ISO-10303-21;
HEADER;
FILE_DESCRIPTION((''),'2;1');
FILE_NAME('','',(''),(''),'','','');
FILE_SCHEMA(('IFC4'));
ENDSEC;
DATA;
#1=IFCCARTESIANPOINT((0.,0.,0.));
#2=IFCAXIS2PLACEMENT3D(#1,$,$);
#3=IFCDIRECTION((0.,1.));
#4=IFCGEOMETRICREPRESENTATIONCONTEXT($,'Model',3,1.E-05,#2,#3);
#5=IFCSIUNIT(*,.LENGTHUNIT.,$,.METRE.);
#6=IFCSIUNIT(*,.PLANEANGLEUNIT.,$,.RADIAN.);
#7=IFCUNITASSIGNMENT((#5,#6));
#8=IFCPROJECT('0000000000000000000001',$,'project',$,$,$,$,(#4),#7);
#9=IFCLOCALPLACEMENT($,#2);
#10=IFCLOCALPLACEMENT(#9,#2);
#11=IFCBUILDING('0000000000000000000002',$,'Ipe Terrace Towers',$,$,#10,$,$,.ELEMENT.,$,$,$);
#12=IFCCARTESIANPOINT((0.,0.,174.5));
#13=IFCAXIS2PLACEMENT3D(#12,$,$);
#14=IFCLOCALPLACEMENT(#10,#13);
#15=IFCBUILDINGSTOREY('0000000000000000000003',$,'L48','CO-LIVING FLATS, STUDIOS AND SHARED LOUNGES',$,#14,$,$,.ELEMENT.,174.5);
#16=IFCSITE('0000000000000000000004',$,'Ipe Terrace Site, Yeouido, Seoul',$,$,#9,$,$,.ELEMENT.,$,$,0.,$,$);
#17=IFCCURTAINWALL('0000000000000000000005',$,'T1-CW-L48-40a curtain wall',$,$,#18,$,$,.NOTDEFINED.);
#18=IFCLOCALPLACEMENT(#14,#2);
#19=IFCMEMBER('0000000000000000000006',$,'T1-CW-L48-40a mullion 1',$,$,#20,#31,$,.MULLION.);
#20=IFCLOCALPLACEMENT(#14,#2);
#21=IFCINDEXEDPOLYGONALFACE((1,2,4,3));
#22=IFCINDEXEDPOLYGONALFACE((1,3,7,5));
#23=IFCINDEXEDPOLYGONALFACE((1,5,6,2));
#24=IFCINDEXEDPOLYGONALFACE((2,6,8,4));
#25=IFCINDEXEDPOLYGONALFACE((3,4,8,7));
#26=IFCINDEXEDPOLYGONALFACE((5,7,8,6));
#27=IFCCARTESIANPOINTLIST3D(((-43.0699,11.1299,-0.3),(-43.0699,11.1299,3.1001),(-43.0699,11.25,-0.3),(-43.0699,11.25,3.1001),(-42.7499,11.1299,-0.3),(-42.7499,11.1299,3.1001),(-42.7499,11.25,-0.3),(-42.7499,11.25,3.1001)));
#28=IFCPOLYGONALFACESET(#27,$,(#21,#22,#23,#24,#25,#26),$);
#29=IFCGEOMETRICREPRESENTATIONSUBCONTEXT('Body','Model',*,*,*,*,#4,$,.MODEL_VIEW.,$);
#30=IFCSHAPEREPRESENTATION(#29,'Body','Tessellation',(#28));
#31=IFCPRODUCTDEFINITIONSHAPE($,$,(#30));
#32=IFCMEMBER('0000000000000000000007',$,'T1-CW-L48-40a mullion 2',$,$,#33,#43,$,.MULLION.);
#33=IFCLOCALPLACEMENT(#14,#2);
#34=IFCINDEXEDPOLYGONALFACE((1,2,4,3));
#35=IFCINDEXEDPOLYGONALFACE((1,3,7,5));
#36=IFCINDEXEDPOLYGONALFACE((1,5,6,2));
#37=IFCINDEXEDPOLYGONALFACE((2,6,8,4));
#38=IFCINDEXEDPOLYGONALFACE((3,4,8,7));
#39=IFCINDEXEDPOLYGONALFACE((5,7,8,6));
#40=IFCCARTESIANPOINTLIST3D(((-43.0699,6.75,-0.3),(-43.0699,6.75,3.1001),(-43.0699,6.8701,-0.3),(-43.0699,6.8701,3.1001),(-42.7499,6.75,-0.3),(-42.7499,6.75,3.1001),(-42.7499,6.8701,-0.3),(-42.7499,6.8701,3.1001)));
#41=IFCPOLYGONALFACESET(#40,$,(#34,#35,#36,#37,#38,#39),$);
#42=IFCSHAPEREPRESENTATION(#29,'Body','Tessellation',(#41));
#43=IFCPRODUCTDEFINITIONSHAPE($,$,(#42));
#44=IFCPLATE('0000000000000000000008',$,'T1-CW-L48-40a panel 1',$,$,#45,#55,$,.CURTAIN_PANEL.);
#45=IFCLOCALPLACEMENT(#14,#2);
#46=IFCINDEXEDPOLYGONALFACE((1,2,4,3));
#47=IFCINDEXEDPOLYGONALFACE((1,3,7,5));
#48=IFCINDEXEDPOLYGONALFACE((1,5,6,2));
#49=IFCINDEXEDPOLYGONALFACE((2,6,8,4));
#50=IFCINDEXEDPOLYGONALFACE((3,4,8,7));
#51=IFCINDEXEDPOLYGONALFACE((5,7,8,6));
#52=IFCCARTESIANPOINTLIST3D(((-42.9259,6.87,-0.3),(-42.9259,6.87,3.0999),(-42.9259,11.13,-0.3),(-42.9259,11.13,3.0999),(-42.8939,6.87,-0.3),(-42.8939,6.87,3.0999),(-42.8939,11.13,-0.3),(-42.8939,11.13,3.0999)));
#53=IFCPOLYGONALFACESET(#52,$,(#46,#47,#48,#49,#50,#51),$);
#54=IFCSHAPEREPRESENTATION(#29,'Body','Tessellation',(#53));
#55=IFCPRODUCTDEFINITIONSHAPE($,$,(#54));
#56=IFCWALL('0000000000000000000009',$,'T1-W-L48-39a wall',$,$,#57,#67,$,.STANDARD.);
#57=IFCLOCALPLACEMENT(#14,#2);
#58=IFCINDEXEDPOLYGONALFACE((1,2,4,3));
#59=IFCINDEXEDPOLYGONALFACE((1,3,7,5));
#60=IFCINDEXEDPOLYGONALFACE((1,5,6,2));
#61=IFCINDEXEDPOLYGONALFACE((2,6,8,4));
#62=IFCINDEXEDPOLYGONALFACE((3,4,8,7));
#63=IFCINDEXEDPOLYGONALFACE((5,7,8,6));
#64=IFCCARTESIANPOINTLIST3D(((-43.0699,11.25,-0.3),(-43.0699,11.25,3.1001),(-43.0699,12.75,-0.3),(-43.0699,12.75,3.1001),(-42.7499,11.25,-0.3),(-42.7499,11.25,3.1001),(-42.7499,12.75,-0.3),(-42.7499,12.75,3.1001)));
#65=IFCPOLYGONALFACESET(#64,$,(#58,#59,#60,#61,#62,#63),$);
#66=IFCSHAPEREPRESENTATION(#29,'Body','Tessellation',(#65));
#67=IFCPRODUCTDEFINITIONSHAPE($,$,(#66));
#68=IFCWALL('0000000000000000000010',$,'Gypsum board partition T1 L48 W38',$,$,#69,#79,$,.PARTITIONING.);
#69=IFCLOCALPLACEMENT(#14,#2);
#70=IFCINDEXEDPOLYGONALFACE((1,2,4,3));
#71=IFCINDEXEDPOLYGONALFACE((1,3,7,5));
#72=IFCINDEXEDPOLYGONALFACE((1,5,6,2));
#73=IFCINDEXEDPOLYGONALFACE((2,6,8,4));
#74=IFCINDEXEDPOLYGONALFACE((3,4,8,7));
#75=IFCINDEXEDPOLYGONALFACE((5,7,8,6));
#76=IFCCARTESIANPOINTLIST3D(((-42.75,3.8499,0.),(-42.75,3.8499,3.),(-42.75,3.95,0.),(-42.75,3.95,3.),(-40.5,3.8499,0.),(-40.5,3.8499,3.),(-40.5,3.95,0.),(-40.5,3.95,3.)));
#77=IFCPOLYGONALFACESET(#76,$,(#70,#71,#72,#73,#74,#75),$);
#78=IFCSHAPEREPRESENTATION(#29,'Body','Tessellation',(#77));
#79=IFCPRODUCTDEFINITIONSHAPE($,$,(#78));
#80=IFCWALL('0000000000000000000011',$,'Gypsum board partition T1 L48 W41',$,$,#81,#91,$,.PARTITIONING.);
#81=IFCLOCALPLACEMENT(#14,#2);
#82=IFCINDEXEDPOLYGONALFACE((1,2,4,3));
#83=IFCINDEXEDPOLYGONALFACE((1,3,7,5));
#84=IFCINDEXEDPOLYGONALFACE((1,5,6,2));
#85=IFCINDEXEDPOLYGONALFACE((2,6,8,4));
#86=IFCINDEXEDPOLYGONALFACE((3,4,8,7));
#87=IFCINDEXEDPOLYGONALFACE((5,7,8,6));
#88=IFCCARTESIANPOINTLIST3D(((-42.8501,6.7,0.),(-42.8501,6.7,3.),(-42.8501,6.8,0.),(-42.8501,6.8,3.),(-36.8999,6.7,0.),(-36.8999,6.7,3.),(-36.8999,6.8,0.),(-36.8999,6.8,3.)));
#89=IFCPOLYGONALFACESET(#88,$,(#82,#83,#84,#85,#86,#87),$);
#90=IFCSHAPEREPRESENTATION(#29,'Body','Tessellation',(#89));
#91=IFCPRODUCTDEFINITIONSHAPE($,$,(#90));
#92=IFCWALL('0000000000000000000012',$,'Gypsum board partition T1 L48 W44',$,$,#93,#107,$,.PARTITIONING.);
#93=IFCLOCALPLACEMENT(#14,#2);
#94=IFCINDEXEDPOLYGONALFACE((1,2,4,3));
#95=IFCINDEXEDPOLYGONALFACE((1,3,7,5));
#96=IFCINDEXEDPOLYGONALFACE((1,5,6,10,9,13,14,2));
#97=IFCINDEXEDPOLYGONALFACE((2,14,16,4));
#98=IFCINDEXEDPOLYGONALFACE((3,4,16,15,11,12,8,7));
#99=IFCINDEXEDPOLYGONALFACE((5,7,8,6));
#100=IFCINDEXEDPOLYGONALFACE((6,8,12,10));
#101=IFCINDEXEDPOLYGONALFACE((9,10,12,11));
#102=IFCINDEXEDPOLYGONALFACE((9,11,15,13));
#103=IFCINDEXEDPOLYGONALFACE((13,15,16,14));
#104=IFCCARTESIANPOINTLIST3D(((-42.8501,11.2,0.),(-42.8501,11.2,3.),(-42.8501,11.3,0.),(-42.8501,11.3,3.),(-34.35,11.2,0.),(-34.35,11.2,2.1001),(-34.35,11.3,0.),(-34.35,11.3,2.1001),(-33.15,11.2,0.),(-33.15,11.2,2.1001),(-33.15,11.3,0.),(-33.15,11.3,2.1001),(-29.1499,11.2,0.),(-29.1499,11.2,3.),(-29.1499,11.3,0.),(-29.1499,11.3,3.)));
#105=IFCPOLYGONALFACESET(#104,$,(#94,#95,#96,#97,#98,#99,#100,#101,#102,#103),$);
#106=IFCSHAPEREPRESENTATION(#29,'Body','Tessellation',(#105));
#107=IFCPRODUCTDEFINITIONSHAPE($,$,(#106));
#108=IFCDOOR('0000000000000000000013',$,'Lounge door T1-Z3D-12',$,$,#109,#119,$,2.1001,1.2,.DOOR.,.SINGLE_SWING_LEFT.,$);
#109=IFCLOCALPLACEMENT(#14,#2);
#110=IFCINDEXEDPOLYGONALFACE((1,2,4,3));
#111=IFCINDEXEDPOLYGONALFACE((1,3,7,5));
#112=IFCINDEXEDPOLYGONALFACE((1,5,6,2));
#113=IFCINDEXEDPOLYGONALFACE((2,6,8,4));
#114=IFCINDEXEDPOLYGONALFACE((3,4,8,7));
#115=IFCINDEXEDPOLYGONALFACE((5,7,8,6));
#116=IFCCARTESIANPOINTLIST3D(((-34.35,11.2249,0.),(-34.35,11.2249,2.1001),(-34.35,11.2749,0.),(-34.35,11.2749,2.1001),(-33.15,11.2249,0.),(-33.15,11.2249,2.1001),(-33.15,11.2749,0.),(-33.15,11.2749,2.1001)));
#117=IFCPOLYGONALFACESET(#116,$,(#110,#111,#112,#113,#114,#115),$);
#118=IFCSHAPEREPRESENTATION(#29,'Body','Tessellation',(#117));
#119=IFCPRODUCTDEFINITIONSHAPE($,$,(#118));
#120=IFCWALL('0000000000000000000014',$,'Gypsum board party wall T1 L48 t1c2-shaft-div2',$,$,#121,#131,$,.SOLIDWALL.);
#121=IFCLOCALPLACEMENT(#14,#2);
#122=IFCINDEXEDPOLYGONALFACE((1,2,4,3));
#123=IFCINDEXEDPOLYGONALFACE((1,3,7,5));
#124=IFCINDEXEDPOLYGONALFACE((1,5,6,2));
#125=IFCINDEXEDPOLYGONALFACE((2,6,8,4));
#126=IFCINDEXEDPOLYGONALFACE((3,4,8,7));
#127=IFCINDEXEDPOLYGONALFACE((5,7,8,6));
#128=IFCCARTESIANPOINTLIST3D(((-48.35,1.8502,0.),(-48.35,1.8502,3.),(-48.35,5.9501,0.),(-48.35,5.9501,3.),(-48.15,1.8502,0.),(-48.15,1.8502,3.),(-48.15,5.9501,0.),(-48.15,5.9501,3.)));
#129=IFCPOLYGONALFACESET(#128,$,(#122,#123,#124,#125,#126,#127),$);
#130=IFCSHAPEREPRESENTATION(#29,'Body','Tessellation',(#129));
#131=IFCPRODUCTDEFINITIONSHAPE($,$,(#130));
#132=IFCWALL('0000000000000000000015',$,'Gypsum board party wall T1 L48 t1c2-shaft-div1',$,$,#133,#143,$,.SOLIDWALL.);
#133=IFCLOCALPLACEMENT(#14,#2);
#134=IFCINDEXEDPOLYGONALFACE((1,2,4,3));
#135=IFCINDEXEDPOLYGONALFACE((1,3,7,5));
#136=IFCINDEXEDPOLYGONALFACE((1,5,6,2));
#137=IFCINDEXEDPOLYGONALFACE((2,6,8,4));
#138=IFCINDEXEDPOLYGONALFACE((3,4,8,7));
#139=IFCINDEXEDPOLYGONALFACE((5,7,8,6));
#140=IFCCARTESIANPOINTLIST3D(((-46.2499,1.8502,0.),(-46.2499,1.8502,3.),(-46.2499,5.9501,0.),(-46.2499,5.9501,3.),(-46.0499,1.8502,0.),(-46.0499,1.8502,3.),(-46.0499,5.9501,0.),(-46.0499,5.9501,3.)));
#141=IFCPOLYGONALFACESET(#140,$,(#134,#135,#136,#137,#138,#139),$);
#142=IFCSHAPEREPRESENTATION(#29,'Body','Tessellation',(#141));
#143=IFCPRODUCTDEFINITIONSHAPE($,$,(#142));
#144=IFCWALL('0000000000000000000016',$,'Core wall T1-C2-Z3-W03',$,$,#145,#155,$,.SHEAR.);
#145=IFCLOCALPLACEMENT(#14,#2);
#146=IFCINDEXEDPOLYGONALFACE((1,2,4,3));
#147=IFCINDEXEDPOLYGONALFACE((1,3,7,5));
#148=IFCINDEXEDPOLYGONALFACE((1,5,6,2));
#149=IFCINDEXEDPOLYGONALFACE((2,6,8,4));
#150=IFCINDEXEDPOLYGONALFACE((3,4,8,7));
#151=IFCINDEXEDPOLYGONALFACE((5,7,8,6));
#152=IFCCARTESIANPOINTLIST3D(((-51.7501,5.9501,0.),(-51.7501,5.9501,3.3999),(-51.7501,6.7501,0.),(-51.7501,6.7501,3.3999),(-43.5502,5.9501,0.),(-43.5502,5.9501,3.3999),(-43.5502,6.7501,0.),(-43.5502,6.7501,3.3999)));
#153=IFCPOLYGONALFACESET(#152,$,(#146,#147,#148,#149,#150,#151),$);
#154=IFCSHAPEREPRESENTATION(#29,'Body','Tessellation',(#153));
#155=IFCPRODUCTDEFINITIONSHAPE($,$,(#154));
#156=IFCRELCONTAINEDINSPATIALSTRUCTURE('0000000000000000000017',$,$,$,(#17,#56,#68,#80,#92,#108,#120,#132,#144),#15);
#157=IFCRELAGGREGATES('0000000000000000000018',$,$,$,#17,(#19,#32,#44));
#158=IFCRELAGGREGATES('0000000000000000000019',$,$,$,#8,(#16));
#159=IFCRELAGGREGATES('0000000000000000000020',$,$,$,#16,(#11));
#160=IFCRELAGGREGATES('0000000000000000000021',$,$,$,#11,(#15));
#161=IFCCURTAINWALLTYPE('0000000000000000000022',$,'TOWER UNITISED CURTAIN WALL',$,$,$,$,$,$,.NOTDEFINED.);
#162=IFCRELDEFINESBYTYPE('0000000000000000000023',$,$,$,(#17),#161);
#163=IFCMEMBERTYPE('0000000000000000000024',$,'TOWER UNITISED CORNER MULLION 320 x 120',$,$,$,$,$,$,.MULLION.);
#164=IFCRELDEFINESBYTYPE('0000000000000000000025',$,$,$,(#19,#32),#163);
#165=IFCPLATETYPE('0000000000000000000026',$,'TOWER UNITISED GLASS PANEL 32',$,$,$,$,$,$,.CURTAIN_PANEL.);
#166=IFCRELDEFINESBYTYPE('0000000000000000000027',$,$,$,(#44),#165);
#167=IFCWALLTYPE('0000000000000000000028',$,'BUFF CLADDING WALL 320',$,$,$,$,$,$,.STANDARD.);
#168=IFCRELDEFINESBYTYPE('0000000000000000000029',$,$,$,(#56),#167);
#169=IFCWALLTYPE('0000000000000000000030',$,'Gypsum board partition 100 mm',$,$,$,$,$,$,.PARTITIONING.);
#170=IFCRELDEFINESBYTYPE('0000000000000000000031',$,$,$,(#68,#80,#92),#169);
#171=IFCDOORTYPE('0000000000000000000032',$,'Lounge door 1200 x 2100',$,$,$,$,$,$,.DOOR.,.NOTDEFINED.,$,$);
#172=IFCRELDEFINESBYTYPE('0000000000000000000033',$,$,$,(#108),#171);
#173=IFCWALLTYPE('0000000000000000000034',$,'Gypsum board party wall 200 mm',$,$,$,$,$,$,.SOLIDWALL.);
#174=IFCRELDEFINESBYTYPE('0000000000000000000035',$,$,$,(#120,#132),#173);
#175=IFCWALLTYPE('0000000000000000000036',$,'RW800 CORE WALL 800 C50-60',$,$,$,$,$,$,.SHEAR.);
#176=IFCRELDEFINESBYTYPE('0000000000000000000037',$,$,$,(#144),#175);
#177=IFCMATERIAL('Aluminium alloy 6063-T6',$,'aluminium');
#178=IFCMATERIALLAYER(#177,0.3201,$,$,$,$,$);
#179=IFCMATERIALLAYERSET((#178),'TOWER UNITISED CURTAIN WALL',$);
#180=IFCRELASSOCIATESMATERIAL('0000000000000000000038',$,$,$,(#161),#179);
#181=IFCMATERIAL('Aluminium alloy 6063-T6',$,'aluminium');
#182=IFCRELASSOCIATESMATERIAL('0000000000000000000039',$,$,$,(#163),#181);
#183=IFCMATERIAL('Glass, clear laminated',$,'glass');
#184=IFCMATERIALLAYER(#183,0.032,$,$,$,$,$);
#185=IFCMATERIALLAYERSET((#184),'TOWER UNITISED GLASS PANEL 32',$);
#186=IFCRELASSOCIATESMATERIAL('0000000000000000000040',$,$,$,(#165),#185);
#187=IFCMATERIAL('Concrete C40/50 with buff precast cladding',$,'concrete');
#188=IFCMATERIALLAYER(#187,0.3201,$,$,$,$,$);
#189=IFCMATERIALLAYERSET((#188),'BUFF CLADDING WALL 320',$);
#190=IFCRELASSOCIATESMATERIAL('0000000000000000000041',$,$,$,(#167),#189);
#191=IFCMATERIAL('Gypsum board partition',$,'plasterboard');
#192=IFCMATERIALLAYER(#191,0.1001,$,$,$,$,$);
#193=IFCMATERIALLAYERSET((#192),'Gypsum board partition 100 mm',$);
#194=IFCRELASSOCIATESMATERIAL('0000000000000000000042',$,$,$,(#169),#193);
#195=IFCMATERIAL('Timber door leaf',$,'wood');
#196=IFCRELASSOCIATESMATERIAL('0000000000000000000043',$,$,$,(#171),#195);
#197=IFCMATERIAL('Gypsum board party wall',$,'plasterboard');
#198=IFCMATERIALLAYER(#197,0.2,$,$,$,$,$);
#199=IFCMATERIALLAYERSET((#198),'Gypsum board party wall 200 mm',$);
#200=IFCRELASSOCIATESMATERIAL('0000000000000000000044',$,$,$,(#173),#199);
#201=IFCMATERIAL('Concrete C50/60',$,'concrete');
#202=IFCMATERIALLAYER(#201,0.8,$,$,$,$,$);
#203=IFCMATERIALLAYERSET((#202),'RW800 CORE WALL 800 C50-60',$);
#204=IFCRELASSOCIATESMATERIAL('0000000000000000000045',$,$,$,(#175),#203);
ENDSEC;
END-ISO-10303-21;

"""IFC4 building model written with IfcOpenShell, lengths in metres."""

from ifc_helpers import new_model, si_unit, direction, frame, frame_2d, origin, origin_2d, place, context, subcontext, project, spatial, rectangle, extrude, material, layer, layer_set, material_profile, profile_set, type_object, element, fill, aggregate, save


model = new_model("IFC4")

# Units and contexts
model_context = context("Model", 3, precision=1e-05, world=origin(), true_north=direction((0.0, 1.0)))
body_context = subcontext(model_context, "Body", "Model", "MODEL_VIEW")
ifc_project = project(units=[si_unit("LENGTHUNIT", "METRE"), si_unit("PLANEANGLEUNIT", "RADIAN")], contexts=[model_context])

# Site, building, storey
site_placement = place(None, origin())
site = spatial("IfcSite", under=ifc_project, at=site_placement, Name="Ipe Terrace Site, Yeouido, Seoul", CompositionType="ELEMENT", RefElevation=0.0)
building_placement = place(site_placement, origin())
building = spatial("IfcBuilding", under=site, at=building_placement, Name="Ipe Terrace Towers", CompositionType="ELEMENT")
storey_placement = place(building_placement, frame((0.0, 0.0, 174.5)))
storey = spatial("IfcBuildingStorey", under=building, at=storey_placement, Name="L48", Description="CO-LIVING FLATS, STUDIOS AND SHARED LOUNGES", CompositionType="ELEMENT", Elevation=174.5)

# Curtain wall, members, plate
ifc_material_1 = material(Name="Aluminium alloy 6063-T6", Category="aluminium")
ifc_layer_1 = layer(ifc_material_1, 0.3201)
ifc_layer_set_1 = layer_set([ifc_layer_1], Name="TOWER UNITISED CURTAIN WALL")
curtain_wall_type = type_object("IfcCurtainWallType", Name="TOWER UNITISED CURTAIN WALL", PredefinedType="NOTDEFINED", material=ifc_layer_set_1)
curtain_wall_placement = place(storey_placement, origin())
curtain_wall = element("IfcCurtainWall", 1, at=curtain_wall_placement, inside=storey, type_object=curtain_wall_type, Name="T1-CW-L48-40a curtain wall", PredefinedType="NOTDEFINED")
ifc_material_2 = material(Name="Aluminium alloy 6063-T6", Category="aluminium")
ifc_material_profile = material_profile(ifc_material_2, rectangle(XDim=0.3201, YDim=0.1201, at=origin_2d()), Name="TOWER UNITISED CORNER MULLION 320 x 120")
ifc_profile_set = profile_set([ifc_material_profile], Name="Aluminium alloy 6063-T6")
member_type = type_object("IfcMemberType", Name="TOWER UNITISED CORNER MULLION 320 x 120", PredefinedType="MULLION", material=ifc_profile_set)
member_1_placement = place(storey_placement, frame((-42.9099, 11.1899, -0.3), z_axis=(0.0, 0.0, 1.0), x_axis=(-1.0, 0.0, 0.0)))
member_1 = element("IfcMember", 2, at=member_1_placement, type_object=member_type, Name="T1-CW-L48-40a mullion 1", PredefinedType="MULLION", context=body_context, shape_type="SweptSolid", body=[
    extrude(rectangle(XDim=0.3201, YDim=0.1201, at=origin_2d()), origin(), (0.0, 0.0, 1.0), 3.4001),
])
member_2_placement = place(storey_placement, frame((-42.9099, 6.8101, -0.3), z_axis=(0.0, 0.0, 1.0), x_axis=(-1.0, 0.0, 0.0)))
member_2 = element("IfcMember", 3, at=member_2_placement, type_object=member_type, Name="T1-CW-L48-40a mullion 2", PredefinedType="MULLION", context=body_context, shape_type="SweptSolid", body=[
    extrude(rectangle(XDim=0.3201, YDim=0.1201, at=origin_2d()), origin(), (0.0, 0.0, 1.0), 3.4001),
])
ifc_material_3 = material(Name="Glass, clear laminated", Category="glass")
ifc_layer_2 = layer(ifc_material_3, 0.032)
ifc_layer_set_2 = layer_set([ifc_layer_2], Name="TOWER UNITISED GLASS PANEL 32")
plate_type = type_object("IfcPlateType", Name="TOWER UNITISED GLASS PANEL 32", PredefinedType="CURTAIN_PANEL", material=ifc_layer_set_2)
plate_placement = place(storey_placement, frame((-42.9099, 9.0, -0.3), z_axis=(0.0, 0.0, 1.0), x_axis=(0.0, -1.0, 0.0)))
plate = element("IfcPlate", 4, at=plate_placement, type_object=plate_type, Name="T1-CW-L48-40a panel 1", PredefinedType="CURTAIN_PANEL", context=body_context, shape_type="SweptSolid", body=[
    extrude(rectangle(XDim=4.26, YDim=0.032, at=origin_2d()), origin(), (0.0, 0.0, 1.0), 3.3999),
])
aggregate(curtain_wall, [member_1, member_2, plate])

# Walls
ifc_material_4 = material(Name="Concrete C40/50 with buff precast cladding", Category="concrete")
ifc_layer_3 = layer(ifc_material_4, 0.3201)
ifc_layer_set_3 = layer_set([ifc_layer_3], Name="BUFF CLADDING WALL 320")
wall_type_1 = type_object("IfcWallType", Name="BUFF CLADDING WALL 320", PredefinedType="STANDARD", material=ifc_layer_set_3)
wall_1_placement = place(storey_placement, frame((-42.9099, 12.75, -0.3), z_axis=(0.0, 0.0, 1.0), x_axis=(0.0, -1.0, 0.0)))
element("IfcWall", 5, at=wall_1_placement, inside=storey, type_object=wall_type_1, Name="T1-W-L48-39a wall", PredefinedType="STANDARD", context=body_context, shape_type="SweptSolid", body=[
    extrude(rectangle(XDim=1.5, YDim=0.3201, at=frame_2d((0.75, 0.0))), origin(), (0.0, 0.0, 1.0), 3.4001),
])
ifc_material_5 = material(Name="Gypsum board partition", Category="plasterboard")
ifc_layer_4 = layer(ifc_material_5, 0.1001)
ifc_layer_set_4 = layer_set([ifc_layer_4], Name="Gypsum board partition 100 mm")
wall_type_2 = type_object("IfcWallType", Name="Gypsum board partition 100 mm", PredefinedType="PARTITIONING", material=ifc_layer_set_4)
wall_2_placement = place(storey_placement, frame((-42.75, 3.8999, 0.0), z_axis=(0.0, 0.0, 1.0), x_axis=(1.0, 0.0, 0.0)))
element("IfcWall", 6, at=wall_2_placement, inside=storey, type_object=wall_type_2, Name="Gypsum board partition T1 L48 W38", PredefinedType="PARTITIONING", context=body_context, shape_type="SweptSolid", body=[
    extrude(rectangle(XDim=2.25, YDim=0.1001, at=frame_2d((1.125, 0.0))), origin(), (0.0, 0.0, 1.0), 3.0),
])
wall_3_placement = place(storey_placement, frame((-42.8501, 6.75, 0.0), z_axis=(0.0, 0.0, 1.0), x_axis=(1.0, 0.0, 0.0)))
element("IfcWall", 7, at=wall_3_placement, inside=storey, type_object=wall_type_2, Name="Gypsum board partition T1 L48 W41", PredefinedType="PARTITIONING", context=body_context, shape_type="SweptSolid", body=[
    extrude(rectangle(XDim=5.9502, YDim=0.1001, at=frame_2d((2.9751, 0.0))), origin(), (0.0, 0.0, 1.0), 3.0),
])

# Wall, opening, door
wall_4_placement = place(storey_placement, frame((-42.8501, 11.25, 0.0), z_axis=(0.0, 0.0, 1.0), x_axis=(1.0, 0.0, 0.0)))
wall_4 = element("IfcWall", 8, at=wall_4_placement, inside=storey, type_object=wall_type_2, Name="Gypsum board partition T1 L48 W44", PredefinedType="PARTITIONING", context=body_context, shape_type="SweptSolid", body=[
    extrude(rectangle(XDim=13.7002, YDim=0.1001, at=frame_2d((6.8501, 0.0))), origin(), (0.0, 0.0, 1.0), 3.0),
])
opening_1_placement = place(wall_4_placement, frame((8.5, 0.0, 0.0)))
opening_1 = element("IfcOpeningElement", 9, at=opening_1_placement, cuts=wall_4, PredefinedType="OPENING", context=body_context, shape_type="SweptSolid", body=[
    extrude(rectangle(XDim=1.2, YDim=2.1001, at=frame_2d((0.6001, 1.05))), frame((0.0, 0.0601, 0.0), z_axis=(0.0, -1.0, 0.0), x_axis=(1.0, 0.0, 0.0)), (0.0, 0.0, 1.0), 0.1201),
])
ifc_material_6 = material(Name="Timber door leaf", Category="wood")
door_type = type_object("IfcDoorType", Name="Lounge door 1200 x 2100", OperationType="NOTDEFINED", PredefinedType="DOOR", material=ifc_material_6)
door_placement = place(opening_1_placement, origin())
door = element("IfcDoor", 10, at=door_placement, inside=storey, type_object=door_type, Name="Lounge door T1-Z3D-12", OperationType="SINGLE_SWING_LEFT", OverallHeight=2.1001, OverallWidth=1.2, PredefinedType="DOOR", context=body_context, shape_type="SweptSolid", body=[
    extrude(rectangle(XDim=1.2, YDim=2.1001, at=frame_2d((0.6001, 1.05))), frame((0.0, 0.0249, 0.0), z_axis=(0.0, -1.0, 0.0), x_axis=(1.0, 0.0, 0.0)), (0.0, 0.0, 1.0), 0.05),
])
fill(opening_1, door)

# Walls
ifc_material_7 = material(Name="Gypsum board party wall", Category="plasterboard")
ifc_layer_5 = layer(ifc_material_7, 0.2)
ifc_layer_set_5 = layer_set([ifc_layer_5], Name="Gypsum board party wall 200 mm")
wall_type_3 = type_object("IfcWallType", Name="Gypsum board party wall 200 mm", PredefinedType="SOLIDWALL", material=ifc_layer_set_5)
for number, where, z_axis, x_axis, name in (
    (11, (-48.25, 5.95, 0.0), (0.0, 0.0, 1.0), (0.0, -1.0, 0.0), "Gypsum board party wall T1 L48 t1c2-shaft-div2"),
    (12, (-46.1499, 5.95, 0.0), (0.0, 0.0, 1.0), (0.0, -1.0, 0.0), "Gypsum board party wall T1 L48 t1c2-shaft-div1"),
):
    element("IfcWall", number, at=place(storey_placement, frame(where, z_axis=z_axis, x_axis=x_axis)), inside=storey, type_object=wall_type_3, Name=name, PredefinedType="SOLIDWALL", context=body_context, shape_type="SweptSolid", body=[
        extrude(rectangle(XDim=4.0999, YDim=0.2, at=frame_2d((2.0498, 0.0))), origin(), (0.0, 0.0, 1.0), 3.0),
    ])
ifc_material_8 = material(Name="Concrete C50/60", Category="concrete")
ifc_layer_6 = layer(ifc_material_8, 0.8)
ifc_layer_set_6 = layer_set([ifc_layer_6], Name="RW800 CORE WALL 800 C50-60")
wall_type_4 = type_object("IfcWallType", Name="RW800 CORE WALL 800 C50-60", PredefinedType="SHEAR", material=ifc_layer_set_6)
wall_5_placement = place(storey_placement, frame((-43.55, 6.3501, 0.0), z_axis=(0.0, 0.0, 1.0), x_axis=(-1.0, 0.0, 0.0)))
element("IfcWall", 13, at=wall_5_placement, inside=storey, type_object=wall_type_4, Name="Core wall T1-C2-Z3-W03", PredefinedType="SHEAR", context=body_context, shape_type="SweptSolid", body=[
    extrude(rectangle(XDim=8.2, YDim=0.8, at=frame_2d((4.1001, 0.0))), origin(), (0.0, 0.0, 1.0), 3.3999),
])

save(model, "model.ifc")
